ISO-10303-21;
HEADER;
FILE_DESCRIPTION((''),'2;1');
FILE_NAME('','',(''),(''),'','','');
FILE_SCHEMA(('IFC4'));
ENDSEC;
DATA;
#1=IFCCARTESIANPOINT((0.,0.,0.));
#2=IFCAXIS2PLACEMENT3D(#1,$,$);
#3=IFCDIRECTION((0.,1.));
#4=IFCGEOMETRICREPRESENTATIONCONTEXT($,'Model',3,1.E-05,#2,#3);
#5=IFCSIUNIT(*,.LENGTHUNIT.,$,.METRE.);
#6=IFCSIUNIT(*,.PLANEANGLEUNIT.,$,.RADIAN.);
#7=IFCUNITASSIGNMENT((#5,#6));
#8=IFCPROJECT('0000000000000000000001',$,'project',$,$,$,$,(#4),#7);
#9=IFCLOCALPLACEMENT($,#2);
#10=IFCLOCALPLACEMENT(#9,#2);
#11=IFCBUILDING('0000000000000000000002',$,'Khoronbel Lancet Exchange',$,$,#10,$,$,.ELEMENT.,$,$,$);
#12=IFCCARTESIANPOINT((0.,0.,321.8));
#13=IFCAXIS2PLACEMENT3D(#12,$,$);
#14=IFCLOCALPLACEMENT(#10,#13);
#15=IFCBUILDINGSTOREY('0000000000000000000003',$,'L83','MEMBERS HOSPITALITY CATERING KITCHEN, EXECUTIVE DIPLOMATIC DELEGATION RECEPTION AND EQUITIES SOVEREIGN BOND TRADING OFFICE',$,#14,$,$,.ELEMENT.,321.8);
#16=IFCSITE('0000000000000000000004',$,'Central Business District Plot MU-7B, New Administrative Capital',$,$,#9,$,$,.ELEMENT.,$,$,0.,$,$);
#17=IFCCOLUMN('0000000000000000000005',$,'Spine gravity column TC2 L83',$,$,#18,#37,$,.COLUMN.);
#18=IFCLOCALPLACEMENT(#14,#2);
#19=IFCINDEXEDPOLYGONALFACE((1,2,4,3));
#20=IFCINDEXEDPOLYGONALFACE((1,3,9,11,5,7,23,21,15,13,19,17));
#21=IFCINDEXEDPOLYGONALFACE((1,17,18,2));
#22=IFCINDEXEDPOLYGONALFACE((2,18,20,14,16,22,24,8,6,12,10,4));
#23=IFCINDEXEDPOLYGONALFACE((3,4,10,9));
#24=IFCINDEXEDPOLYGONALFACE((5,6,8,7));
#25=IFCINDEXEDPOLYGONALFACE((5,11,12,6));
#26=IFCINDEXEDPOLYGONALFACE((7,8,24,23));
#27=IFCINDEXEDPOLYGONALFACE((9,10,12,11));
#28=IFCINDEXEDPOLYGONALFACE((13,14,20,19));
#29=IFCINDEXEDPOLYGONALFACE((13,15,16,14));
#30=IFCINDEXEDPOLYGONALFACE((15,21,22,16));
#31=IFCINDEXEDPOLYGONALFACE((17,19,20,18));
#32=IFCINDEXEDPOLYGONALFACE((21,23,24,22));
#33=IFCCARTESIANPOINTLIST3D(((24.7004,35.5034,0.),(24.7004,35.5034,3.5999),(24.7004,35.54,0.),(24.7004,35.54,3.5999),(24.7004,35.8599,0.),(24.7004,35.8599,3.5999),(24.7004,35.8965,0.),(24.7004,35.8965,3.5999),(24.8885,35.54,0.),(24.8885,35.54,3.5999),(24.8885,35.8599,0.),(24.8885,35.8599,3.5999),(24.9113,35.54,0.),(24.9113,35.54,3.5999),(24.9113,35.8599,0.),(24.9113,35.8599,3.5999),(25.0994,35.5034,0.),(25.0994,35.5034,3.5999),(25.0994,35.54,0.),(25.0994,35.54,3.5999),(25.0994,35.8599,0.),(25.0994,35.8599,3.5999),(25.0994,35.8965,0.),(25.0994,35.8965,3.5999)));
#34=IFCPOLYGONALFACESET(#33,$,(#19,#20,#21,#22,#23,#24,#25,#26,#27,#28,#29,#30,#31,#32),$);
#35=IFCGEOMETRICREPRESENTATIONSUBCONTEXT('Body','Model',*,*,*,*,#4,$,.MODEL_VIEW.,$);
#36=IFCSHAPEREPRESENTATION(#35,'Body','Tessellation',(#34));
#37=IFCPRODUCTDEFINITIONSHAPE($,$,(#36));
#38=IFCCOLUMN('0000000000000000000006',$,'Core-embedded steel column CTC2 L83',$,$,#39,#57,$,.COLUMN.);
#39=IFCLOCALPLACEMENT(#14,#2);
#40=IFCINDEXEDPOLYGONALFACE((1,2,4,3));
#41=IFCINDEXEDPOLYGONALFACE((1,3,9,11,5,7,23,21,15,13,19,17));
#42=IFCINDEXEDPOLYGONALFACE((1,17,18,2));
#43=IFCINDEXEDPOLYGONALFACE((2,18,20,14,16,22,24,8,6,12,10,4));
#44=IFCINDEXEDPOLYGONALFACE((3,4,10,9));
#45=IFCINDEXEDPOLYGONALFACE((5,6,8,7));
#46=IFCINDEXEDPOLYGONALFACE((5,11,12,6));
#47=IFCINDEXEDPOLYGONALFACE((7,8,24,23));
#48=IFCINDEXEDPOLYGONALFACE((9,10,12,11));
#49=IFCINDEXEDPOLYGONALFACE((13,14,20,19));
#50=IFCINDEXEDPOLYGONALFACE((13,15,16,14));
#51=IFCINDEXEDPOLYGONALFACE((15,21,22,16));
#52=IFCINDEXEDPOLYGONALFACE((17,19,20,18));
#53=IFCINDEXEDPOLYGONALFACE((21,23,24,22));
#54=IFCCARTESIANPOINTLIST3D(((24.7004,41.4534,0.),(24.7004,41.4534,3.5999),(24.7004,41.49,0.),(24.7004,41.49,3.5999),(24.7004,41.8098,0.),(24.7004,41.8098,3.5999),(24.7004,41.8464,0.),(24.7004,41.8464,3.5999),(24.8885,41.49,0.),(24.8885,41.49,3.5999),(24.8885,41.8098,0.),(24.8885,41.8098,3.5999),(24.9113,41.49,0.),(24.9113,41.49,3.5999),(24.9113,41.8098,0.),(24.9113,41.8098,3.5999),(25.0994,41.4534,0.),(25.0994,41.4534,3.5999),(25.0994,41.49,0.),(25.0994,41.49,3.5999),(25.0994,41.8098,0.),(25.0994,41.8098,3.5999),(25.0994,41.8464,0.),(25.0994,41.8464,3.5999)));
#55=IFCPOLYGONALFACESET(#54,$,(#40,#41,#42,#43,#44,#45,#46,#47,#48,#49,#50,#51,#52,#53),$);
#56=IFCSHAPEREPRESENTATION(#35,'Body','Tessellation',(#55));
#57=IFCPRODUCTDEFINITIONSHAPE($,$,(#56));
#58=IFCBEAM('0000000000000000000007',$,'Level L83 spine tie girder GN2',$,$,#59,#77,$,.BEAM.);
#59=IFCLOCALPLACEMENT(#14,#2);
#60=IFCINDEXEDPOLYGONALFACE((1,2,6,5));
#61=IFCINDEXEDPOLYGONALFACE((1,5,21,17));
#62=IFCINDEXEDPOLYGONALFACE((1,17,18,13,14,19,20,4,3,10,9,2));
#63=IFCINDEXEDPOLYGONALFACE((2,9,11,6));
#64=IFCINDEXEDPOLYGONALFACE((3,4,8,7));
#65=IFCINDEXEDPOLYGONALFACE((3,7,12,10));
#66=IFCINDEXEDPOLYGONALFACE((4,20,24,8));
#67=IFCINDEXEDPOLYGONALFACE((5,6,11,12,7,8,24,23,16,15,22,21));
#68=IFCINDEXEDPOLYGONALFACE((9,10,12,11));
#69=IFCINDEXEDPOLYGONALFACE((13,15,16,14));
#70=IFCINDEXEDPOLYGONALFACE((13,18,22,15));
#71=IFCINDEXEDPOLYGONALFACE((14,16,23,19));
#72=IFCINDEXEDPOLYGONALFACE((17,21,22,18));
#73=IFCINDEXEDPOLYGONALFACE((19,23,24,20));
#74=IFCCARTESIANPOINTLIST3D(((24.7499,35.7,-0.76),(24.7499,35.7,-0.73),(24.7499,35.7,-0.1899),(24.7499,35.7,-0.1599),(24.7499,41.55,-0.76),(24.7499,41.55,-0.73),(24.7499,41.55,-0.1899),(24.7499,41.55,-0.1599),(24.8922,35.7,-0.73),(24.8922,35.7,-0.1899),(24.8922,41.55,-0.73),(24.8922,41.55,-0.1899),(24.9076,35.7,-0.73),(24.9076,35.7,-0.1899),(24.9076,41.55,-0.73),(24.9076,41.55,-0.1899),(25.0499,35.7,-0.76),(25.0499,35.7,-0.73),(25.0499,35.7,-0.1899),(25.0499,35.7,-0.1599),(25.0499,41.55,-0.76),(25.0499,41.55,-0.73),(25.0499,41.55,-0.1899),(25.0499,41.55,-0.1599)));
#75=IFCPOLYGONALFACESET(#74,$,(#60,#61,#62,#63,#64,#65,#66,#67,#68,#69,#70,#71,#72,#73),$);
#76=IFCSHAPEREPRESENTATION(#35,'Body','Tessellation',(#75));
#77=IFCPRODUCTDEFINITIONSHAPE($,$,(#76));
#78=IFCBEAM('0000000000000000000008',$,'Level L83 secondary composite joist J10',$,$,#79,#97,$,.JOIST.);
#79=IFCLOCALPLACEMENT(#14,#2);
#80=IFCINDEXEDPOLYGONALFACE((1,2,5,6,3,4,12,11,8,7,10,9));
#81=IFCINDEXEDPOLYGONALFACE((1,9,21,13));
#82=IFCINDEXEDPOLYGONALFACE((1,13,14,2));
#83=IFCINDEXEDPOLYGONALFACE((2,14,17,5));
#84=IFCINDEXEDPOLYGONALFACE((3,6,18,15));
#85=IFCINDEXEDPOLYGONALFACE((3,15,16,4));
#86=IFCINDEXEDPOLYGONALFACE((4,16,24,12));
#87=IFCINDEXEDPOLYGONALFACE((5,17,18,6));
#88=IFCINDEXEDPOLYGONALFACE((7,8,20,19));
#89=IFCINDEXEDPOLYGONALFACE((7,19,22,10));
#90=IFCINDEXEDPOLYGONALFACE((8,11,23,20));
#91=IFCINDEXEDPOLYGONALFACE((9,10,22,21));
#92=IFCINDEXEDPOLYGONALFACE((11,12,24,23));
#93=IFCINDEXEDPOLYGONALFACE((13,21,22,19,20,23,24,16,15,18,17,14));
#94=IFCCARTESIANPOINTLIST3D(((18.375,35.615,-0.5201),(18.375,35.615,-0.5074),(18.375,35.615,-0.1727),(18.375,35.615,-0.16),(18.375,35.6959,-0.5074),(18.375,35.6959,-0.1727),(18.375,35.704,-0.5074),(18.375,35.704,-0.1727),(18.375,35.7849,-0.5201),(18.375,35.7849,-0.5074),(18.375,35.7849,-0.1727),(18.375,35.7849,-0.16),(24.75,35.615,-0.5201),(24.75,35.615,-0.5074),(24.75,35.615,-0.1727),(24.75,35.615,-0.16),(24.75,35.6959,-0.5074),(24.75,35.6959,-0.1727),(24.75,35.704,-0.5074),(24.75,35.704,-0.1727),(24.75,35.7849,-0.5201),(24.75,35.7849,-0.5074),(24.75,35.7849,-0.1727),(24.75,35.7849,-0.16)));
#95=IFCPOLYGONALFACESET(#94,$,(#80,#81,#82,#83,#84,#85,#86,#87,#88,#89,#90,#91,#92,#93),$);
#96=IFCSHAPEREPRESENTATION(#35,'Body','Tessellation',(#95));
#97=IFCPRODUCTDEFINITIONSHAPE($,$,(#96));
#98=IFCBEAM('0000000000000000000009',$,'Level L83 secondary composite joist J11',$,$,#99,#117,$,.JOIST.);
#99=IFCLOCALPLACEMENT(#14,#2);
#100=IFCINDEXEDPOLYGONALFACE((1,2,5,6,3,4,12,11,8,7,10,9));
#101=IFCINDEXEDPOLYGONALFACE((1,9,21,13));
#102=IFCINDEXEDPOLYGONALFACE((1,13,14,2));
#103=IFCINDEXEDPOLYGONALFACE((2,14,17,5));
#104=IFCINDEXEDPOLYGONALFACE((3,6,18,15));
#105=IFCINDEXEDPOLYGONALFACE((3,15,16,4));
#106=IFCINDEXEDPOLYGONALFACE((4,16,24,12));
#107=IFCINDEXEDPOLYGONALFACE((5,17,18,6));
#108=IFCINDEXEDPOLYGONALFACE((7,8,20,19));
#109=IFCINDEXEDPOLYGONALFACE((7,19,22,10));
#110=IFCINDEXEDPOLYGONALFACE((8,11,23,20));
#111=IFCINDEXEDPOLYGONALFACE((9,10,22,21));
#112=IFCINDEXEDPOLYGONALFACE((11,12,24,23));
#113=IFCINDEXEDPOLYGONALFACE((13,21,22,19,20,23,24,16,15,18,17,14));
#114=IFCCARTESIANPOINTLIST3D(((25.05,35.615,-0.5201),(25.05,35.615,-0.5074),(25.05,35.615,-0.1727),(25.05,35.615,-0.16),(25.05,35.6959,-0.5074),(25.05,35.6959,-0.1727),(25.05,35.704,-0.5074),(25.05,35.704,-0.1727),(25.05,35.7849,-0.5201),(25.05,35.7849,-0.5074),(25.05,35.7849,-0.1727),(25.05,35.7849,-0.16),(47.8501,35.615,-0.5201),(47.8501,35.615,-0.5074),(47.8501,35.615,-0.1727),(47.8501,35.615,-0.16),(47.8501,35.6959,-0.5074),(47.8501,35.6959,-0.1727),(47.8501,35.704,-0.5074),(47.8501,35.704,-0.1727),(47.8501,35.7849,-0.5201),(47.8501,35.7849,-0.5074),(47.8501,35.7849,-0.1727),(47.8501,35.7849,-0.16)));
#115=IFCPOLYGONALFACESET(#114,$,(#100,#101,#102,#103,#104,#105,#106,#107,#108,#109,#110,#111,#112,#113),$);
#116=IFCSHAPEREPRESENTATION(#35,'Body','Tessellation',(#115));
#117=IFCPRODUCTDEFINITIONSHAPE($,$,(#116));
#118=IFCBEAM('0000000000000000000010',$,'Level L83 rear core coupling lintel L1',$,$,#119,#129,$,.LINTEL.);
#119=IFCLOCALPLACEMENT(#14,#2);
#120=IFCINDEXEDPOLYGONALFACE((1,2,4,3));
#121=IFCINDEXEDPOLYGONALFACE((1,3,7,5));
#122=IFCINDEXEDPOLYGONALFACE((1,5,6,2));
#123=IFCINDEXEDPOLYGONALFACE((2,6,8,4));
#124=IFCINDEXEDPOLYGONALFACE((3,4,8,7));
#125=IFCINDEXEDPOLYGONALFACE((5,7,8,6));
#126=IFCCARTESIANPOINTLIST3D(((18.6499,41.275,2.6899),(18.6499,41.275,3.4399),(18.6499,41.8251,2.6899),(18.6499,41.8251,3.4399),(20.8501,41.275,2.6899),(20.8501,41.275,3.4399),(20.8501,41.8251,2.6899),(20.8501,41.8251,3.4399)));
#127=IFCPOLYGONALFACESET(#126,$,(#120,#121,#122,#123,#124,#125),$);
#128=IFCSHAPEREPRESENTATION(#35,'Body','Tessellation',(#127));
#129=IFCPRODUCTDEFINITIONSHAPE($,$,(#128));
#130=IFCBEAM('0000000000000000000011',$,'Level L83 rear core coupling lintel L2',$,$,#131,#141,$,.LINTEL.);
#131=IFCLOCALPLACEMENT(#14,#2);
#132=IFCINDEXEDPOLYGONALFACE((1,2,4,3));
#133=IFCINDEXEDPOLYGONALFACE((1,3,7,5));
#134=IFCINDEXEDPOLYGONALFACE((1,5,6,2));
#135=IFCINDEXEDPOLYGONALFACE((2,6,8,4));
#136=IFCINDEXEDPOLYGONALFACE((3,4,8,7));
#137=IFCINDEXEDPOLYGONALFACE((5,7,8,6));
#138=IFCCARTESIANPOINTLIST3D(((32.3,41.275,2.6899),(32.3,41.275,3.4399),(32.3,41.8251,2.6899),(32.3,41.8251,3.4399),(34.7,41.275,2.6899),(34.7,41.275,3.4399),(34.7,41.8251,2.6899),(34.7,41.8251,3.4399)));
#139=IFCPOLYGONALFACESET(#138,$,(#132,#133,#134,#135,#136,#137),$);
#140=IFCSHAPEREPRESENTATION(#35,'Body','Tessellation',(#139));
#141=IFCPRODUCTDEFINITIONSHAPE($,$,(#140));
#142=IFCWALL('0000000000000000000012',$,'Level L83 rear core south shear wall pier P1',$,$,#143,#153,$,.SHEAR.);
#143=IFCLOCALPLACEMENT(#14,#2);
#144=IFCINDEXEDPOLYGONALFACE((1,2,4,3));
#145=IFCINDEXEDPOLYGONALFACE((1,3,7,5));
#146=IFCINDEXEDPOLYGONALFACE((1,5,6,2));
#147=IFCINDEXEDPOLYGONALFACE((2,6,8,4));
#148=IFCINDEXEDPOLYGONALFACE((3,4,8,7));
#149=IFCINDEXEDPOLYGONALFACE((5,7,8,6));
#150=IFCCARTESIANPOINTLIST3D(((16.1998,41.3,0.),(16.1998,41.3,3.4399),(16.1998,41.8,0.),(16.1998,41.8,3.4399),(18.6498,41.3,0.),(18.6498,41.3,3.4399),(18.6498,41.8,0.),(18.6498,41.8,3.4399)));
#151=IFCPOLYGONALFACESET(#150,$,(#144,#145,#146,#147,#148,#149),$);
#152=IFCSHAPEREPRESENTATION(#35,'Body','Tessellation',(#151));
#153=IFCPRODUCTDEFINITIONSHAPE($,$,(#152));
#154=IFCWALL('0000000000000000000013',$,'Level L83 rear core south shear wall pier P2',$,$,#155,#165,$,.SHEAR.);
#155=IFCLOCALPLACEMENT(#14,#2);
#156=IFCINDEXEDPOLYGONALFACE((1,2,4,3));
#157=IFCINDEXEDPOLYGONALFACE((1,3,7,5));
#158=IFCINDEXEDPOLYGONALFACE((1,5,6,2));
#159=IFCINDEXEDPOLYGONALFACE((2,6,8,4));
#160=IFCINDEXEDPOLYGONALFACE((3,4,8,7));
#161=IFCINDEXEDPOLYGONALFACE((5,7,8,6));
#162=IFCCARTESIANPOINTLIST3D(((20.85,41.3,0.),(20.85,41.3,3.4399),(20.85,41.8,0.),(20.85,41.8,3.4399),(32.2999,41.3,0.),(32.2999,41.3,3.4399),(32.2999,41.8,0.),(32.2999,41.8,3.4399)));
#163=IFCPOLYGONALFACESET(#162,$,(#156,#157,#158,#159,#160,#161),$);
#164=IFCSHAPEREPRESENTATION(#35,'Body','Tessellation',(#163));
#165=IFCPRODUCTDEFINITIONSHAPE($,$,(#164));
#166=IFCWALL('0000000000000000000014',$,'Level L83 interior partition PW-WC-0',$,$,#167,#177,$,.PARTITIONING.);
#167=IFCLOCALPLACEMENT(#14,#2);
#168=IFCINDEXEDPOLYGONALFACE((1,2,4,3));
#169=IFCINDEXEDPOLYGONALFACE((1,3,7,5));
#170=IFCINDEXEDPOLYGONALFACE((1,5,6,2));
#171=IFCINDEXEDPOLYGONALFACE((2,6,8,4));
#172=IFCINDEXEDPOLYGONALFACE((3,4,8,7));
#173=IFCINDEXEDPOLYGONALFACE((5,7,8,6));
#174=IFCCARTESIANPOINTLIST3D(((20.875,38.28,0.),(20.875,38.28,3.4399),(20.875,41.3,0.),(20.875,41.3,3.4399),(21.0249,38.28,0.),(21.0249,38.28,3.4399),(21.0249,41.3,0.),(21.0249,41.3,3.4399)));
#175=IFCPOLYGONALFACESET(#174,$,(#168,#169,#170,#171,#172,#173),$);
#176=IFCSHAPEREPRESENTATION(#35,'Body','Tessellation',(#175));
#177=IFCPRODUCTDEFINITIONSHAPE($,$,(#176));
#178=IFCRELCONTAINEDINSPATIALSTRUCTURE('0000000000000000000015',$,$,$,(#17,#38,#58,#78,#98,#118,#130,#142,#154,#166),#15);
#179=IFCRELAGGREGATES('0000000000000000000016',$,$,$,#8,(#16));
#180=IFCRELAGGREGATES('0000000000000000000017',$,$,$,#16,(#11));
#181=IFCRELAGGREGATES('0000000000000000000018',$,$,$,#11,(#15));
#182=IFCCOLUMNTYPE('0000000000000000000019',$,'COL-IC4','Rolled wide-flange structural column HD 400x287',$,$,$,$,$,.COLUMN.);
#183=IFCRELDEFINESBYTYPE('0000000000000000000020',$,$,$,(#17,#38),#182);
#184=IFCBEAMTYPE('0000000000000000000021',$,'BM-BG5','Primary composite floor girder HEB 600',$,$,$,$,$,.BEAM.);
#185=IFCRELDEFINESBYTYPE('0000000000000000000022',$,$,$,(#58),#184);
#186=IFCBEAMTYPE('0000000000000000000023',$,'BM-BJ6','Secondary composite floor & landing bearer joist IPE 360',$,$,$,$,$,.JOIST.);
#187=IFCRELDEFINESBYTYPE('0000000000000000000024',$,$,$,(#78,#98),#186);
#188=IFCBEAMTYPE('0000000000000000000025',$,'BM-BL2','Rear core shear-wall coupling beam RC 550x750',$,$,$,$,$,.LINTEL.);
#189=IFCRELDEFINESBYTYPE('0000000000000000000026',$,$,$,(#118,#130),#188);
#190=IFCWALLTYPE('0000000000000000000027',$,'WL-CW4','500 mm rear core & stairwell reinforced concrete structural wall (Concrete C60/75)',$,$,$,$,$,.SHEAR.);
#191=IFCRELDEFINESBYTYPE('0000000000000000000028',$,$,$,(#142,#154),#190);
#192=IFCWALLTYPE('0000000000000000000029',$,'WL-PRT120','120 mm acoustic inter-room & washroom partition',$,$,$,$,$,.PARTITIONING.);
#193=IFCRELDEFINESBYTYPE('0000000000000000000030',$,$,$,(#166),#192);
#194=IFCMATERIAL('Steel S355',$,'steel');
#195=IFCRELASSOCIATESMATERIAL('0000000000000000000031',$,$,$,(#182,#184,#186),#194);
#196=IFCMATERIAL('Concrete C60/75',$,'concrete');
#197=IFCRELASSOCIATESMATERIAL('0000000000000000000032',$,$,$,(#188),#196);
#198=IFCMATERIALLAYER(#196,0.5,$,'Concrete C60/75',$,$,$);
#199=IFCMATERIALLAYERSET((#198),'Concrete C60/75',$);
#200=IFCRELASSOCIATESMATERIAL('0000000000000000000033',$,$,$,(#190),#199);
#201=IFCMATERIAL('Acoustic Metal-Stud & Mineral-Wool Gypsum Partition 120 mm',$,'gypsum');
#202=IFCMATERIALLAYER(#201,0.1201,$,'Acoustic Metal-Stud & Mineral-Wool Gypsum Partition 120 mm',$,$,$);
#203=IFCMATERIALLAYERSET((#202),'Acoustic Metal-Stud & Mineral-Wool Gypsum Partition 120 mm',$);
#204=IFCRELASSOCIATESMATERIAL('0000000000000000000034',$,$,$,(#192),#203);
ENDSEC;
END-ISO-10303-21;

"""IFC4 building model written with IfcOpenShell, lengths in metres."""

from ifc_helpers import new_model, si_unit, direction, frame, frame_2d, origin, origin_2d, place, context, subcontext, project, spatial, rectangle, i_section, extrude, material, layer, layer_set, material_profile, profile_set, type_object, element, save


model = new_model("IFC4")

# Units and contexts
model_context = context("Model", 3, precision=1e-05, world=origin(), true_north=direction((0.0, 1.0)))
body_context = subcontext(model_context, "Body", "Model", "MODEL_VIEW")
ifc_project = project(units=[si_unit("LENGTHUNIT", "METRE"), si_unit("PLANEANGLEUNIT", "RADIAN")], contexts=[model_context])

# Site, building, storey
site_placement = place(None, origin())
site = spatial("IfcSite", under=ifc_project, at=site_placement, Name="Central Business District Plot MU-7B, New Administrative Capital", CompositionType="ELEMENT", RefElevation=0.0)
building_placement = place(site_placement, origin())
building = spatial("IfcBuilding", under=site, at=building_placement, Name="Khoronbel Lancet Exchange", CompositionType="ELEMENT")
storey_placement = place(building_placement, frame((0.0, 0.0, 321.8)))
storey = spatial("IfcBuildingStorey", under=building, at=storey_placement, Name="L83", Description="MEMBERS HOSPITALITY CATERING KITCHEN, EXECUTIVE DIPLOMATIC DELEGATION RECEPTION AND EQUITIES SOVEREIGN BOND TRADING OFFICE", CompositionType="ELEMENT", Elevation=321.8)

# Columns
ifc_material_1 = material(Name="Steel S355", Category="steel")
ifc_material_profile_1 = material_profile(ifc_material_1, i_section(OverallWidth=0.3989, OverallDepth=0.3931, WebThickness=0.0227, FlangeThickness=0.0366, at=origin_2d()), Name="HD 400x287")
ifc_profile_set_1 = profile_set([ifc_material_profile_1], Name="Steel S355")
column_type = type_object("IfcColumnType", Name="COL-IC4", Description="Rolled wide-flange structural column HD 400x287", PredefinedType="COLUMN", material=ifc_profile_set_1)
for number, where, z_axis, x_axis, name in (
    (1, (24.8999, 35.7, 0.0), (0.0, 0.0, 1.0), (1.0, 0.0, 0.0), "Spine gravity column TC2 L83"),
    (2, (24.8999, 41.6499, 0.0), (0.0, 0.0, 1.0), (1.0, 0.0, 0.0), "Core-embedded steel column CTC2 L83"),
):
    element("IfcColumn", number, at=place(storey_placement, frame(where, z_axis=z_axis, x_axis=x_axis)), inside=storey, type_object=column_type, Name=name, PredefinedType="COLUMN", context=body_context, shape_type="SweptSolid", body=[
        extrude(i_section(OverallWidth=0.3989, OverallDepth=0.3931, WebThickness=0.0227, FlangeThickness=0.0366, at=origin_2d()), origin(), (0.0, 0.0, 1.0), 3.5999),
    ])

# Beams
ifc_material_profile_2 = material_profile(ifc_material_1, i_section(OverallWidth=0.3, OverallDepth=0.6001, WebThickness=0.0154, FlangeThickness=0.03, at=origin_2d()), Name="HEB 600")
ifc_profile_set_2 = profile_set([ifc_material_profile_2], Name="Steel S355")
beam_type_1 = type_object("IfcBeamType", Name="BM-BG5", Description="Primary composite floor girder HEB 600", PredefinedType="BEAM", material=ifc_profile_set_2)
beam_1_placement = place(storey_placement, frame((24.8999, 35.7, -0.46), z_axis=(0.0, 1.0, 0.0), x_axis=(-1.0, 0.0, 0.0)))
element("IfcBeam", 3, at=beam_1_placement, inside=storey, type_object=beam_type_1, Name="Level L83 spine tie girder GN2", PredefinedType="BEAM", context=body_context, shape_type="SweptSolid", body=[
    extrude(i_section(OverallWidth=0.3, OverallDepth=0.6001, WebThickness=0.0154, FlangeThickness=0.03, at=origin_2d()), origin(), (0.0, 0.0, 1.0), 5.8501),
])
ifc_material_profile_3 = material_profile(ifc_material_1, i_section(OverallWidth=0.1699, OverallDepth=0.3601, WebThickness=0.0081, FlangeThickness=0.0127, at=origin_2d()), Name="IPE 360")
ifc_profile_set_3 = profile_set([ifc_material_profile_3], Name="Steel S355")
beam_type_2 = type_object("IfcBeamType", Name="BM-BJ6", Description="Secondary composite floor & landing bearer joist IPE 360", PredefinedType="JOIST", material=ifc_profile_set_3)
beam_2_placement = place(storey_placement, frame((18.375, 35.7, -0.3401), z_axis=(1.0, 0.0, 0.0), x_axis=(0.0, 1.0, 0.0)))
element("IfcBeam", 4, at=beam_2_placement, inside=storey, type_object=beam_type_2, Name="Level L83 secondary composite joist J10", PredefinedType="JOIST", context=body_context, shape_type="SweptSolid", body=[
    extrude(i_section(OverallWidth=0.1699, OverallDepth=0.3601, WebThickness=0.0081, FlangeThickness=0.0127, at=origin_2d()), origin(), (0.0, 0.0, 1.0), 6.375),
])
beam_3_placement = place(storey_placement, frame((25.05, 35.7, -0.3401), z_axis=(1.0, 0.0, 0.0), x_axis=(0.0, 1.0, 0.0)))
element("IfcBeam", 5, at=beam_3_placement, inside=storey, type_object=beam_type_2, Name="Level L83 secondary composite joist J11", PredefinedType="JOIST", context=body_context, shape_type="SweptSolid", body=[
    extrude(i_section(OverallWidth=0.1699, OverallDepth=0.3601, WebThickness=0.0081, FlangeThickness=0.0127, at=origin_2d()), origin(), (0.0, 0.0, 1.0), 22.8),
])
ifc_material_2 = material(Name="Concrete C60/75", Category="concrete")
ifc_material_profile_4 = material_profile(ifc_material_2, rectangle(XDim=0.55, YDim=0.75, at=origin_2d()), Name="RC 550x750")
ifc_profile_set_4 = profile_set([ifc_material_profile_4], Name="Concrete C60/75")
beam_type_3 = type_object("IfcBeamType", Name="BM-BL2", Description="Rear core shear-wall coupling beam RC 550x750", PredefinedType="LINTEL", material=ifc_profile_set_4)
beam_4_placement = place(storey_placement, frame((18.6499, 41.55, 3.0649), z_axis=(1.0, 0.0, 0.0), x_axis=(0.0, 1.0, 0.0)))
element("IfcBeam", 6, at=beam_4_placement, inside=storey, type_object=beam_type_3, Name="Level L83 rear core coupling lintel L1", PredefinedType="LINTEL", context=body_context, shape_type="SweptSolid", body=[
    extrude(rectangle(XDim=0.55, YDim=0.75, at=origin_2d()), origin(), (0.0, 0.0, 1.0), 2.2002),
])
beam_5_placement = place(storey_placement, frame((32.3, 41.55, 3.0649), z_axis=(1.0, 0.0, 0.0), x_axis=(0.0, 1.0, 0.0)))
element("IfcBeam", 7, at=beam_5_placement, inside=storey, type_object=beam_type_3, Name="Level L83 rear core coupling lintel L2", PredefinedType="LINTEL", context=body_context, shape_type="SweptSolid", body=[
    extrude(rectangle(XDim=0.55, YDim=0.75, at=origin_2d()), origin(), (0.0, 0.0, 1.0), 2.3999),
])

# Walls
ifc_layer_1 = layer(ifc_material_2, 0.5, Name="Concrete C60/75")
ifc_layer_set_1 = layer_set([ifc_layer_1], Name="Concrete C60/75")
wall_type_1 = type_object("IfcWallType", Name="WL-CW4", Description="500 mm rear core & stairwell reinforced concrete structural wall (Concrete C60/75)", PredefinedType="SHEAR", material=ifc_layer_set_1)
wall_1_placement = place(storey_placement, frame((18.6499, 41.55, 0.0), z_axis=(0.0, 0.0, 1.0), x_axis=(-1.0, 0.0, 0.0)))
element("IfcWall", 8, at=wall_1_placement, inside=storey, type_object=wall_type_1, Name="Level L83 rear core south shear wall pier P1", PredefinedType="SHEAR", context=body_context, shape_type="SweptSolid", body=[
    extrude(rectangle(XDim=2.45, YDim=0.5, at=frame_2d((1.2251, 0.0))), origin(), (0.0, 0.0, 1.0), 3.4399),
])
wall_2_placement = place(storey_placement, frame((32.3, 41.55, 0.0), z_axis=(0.0, 0.0, 1.0), x_axis=(-1.0, 0.0, 0.0)))
element("IfcWall", 9, at=wall_2_placement, inside=storey, type_object=wall_type_1, Name="Level L83 rear core south shear wall pier P2", PredefinedType="SHEAR", context=body_context, shape_type="SweptSolid", body=[
    extrude(rectangle(XDim=11.45, YDim=0.5, at=frame_2d((5.7251, 0.0))), origin(), (0.0, 0.0, 1.0), 3.4399),
])
ifc_material_3 = material(Name="Acoustic Metal-Stud & Mineral-Wool Gypsum Partition 120 mm", Category="gypsum")
ifc_layer_2 = layer(ifc_material_3, 0.1201, Name="Acoustic Metal-Stud & Mineral-Wool Gypsum Partition 120 mm")
ifc_layer_set_2 = layer_set([ifc_layer_2], Name="Acoustic Metal-Stud & Mineral-Wool Gypsum Partition 120 mm")
wall_type_2 = type_object("IfcWallType", Name="WL-PRT120", Description="120 mm acoustic inter-room & washroom partition", PredefinedType="PARTITIONING", material=ifc_layer_set_2)
wall_3_placement = place(storey_placement, frame((20.95, 38.28, 0.0), z_axis=(0.0, 0.0, 1.0), x_axis=(0.0, 1.0, 0.0)))
element("IfcWall", 10, at=wall_3_placement, inside=storey, type_object=wall_type_2, Name="Level L83 interior partition PW-WC-0", PredefinedType="PARTITIONING", context=body_context, shape_type="SweptSolid", body=[
    extrude(rectangle(XDim=3.02, YDim=0.1499, at=frame_2d((1.51, 0.0))), origin(), (0.0, 0.0, 1.0), 3.4399),
])

save(model, "model.ifc")
